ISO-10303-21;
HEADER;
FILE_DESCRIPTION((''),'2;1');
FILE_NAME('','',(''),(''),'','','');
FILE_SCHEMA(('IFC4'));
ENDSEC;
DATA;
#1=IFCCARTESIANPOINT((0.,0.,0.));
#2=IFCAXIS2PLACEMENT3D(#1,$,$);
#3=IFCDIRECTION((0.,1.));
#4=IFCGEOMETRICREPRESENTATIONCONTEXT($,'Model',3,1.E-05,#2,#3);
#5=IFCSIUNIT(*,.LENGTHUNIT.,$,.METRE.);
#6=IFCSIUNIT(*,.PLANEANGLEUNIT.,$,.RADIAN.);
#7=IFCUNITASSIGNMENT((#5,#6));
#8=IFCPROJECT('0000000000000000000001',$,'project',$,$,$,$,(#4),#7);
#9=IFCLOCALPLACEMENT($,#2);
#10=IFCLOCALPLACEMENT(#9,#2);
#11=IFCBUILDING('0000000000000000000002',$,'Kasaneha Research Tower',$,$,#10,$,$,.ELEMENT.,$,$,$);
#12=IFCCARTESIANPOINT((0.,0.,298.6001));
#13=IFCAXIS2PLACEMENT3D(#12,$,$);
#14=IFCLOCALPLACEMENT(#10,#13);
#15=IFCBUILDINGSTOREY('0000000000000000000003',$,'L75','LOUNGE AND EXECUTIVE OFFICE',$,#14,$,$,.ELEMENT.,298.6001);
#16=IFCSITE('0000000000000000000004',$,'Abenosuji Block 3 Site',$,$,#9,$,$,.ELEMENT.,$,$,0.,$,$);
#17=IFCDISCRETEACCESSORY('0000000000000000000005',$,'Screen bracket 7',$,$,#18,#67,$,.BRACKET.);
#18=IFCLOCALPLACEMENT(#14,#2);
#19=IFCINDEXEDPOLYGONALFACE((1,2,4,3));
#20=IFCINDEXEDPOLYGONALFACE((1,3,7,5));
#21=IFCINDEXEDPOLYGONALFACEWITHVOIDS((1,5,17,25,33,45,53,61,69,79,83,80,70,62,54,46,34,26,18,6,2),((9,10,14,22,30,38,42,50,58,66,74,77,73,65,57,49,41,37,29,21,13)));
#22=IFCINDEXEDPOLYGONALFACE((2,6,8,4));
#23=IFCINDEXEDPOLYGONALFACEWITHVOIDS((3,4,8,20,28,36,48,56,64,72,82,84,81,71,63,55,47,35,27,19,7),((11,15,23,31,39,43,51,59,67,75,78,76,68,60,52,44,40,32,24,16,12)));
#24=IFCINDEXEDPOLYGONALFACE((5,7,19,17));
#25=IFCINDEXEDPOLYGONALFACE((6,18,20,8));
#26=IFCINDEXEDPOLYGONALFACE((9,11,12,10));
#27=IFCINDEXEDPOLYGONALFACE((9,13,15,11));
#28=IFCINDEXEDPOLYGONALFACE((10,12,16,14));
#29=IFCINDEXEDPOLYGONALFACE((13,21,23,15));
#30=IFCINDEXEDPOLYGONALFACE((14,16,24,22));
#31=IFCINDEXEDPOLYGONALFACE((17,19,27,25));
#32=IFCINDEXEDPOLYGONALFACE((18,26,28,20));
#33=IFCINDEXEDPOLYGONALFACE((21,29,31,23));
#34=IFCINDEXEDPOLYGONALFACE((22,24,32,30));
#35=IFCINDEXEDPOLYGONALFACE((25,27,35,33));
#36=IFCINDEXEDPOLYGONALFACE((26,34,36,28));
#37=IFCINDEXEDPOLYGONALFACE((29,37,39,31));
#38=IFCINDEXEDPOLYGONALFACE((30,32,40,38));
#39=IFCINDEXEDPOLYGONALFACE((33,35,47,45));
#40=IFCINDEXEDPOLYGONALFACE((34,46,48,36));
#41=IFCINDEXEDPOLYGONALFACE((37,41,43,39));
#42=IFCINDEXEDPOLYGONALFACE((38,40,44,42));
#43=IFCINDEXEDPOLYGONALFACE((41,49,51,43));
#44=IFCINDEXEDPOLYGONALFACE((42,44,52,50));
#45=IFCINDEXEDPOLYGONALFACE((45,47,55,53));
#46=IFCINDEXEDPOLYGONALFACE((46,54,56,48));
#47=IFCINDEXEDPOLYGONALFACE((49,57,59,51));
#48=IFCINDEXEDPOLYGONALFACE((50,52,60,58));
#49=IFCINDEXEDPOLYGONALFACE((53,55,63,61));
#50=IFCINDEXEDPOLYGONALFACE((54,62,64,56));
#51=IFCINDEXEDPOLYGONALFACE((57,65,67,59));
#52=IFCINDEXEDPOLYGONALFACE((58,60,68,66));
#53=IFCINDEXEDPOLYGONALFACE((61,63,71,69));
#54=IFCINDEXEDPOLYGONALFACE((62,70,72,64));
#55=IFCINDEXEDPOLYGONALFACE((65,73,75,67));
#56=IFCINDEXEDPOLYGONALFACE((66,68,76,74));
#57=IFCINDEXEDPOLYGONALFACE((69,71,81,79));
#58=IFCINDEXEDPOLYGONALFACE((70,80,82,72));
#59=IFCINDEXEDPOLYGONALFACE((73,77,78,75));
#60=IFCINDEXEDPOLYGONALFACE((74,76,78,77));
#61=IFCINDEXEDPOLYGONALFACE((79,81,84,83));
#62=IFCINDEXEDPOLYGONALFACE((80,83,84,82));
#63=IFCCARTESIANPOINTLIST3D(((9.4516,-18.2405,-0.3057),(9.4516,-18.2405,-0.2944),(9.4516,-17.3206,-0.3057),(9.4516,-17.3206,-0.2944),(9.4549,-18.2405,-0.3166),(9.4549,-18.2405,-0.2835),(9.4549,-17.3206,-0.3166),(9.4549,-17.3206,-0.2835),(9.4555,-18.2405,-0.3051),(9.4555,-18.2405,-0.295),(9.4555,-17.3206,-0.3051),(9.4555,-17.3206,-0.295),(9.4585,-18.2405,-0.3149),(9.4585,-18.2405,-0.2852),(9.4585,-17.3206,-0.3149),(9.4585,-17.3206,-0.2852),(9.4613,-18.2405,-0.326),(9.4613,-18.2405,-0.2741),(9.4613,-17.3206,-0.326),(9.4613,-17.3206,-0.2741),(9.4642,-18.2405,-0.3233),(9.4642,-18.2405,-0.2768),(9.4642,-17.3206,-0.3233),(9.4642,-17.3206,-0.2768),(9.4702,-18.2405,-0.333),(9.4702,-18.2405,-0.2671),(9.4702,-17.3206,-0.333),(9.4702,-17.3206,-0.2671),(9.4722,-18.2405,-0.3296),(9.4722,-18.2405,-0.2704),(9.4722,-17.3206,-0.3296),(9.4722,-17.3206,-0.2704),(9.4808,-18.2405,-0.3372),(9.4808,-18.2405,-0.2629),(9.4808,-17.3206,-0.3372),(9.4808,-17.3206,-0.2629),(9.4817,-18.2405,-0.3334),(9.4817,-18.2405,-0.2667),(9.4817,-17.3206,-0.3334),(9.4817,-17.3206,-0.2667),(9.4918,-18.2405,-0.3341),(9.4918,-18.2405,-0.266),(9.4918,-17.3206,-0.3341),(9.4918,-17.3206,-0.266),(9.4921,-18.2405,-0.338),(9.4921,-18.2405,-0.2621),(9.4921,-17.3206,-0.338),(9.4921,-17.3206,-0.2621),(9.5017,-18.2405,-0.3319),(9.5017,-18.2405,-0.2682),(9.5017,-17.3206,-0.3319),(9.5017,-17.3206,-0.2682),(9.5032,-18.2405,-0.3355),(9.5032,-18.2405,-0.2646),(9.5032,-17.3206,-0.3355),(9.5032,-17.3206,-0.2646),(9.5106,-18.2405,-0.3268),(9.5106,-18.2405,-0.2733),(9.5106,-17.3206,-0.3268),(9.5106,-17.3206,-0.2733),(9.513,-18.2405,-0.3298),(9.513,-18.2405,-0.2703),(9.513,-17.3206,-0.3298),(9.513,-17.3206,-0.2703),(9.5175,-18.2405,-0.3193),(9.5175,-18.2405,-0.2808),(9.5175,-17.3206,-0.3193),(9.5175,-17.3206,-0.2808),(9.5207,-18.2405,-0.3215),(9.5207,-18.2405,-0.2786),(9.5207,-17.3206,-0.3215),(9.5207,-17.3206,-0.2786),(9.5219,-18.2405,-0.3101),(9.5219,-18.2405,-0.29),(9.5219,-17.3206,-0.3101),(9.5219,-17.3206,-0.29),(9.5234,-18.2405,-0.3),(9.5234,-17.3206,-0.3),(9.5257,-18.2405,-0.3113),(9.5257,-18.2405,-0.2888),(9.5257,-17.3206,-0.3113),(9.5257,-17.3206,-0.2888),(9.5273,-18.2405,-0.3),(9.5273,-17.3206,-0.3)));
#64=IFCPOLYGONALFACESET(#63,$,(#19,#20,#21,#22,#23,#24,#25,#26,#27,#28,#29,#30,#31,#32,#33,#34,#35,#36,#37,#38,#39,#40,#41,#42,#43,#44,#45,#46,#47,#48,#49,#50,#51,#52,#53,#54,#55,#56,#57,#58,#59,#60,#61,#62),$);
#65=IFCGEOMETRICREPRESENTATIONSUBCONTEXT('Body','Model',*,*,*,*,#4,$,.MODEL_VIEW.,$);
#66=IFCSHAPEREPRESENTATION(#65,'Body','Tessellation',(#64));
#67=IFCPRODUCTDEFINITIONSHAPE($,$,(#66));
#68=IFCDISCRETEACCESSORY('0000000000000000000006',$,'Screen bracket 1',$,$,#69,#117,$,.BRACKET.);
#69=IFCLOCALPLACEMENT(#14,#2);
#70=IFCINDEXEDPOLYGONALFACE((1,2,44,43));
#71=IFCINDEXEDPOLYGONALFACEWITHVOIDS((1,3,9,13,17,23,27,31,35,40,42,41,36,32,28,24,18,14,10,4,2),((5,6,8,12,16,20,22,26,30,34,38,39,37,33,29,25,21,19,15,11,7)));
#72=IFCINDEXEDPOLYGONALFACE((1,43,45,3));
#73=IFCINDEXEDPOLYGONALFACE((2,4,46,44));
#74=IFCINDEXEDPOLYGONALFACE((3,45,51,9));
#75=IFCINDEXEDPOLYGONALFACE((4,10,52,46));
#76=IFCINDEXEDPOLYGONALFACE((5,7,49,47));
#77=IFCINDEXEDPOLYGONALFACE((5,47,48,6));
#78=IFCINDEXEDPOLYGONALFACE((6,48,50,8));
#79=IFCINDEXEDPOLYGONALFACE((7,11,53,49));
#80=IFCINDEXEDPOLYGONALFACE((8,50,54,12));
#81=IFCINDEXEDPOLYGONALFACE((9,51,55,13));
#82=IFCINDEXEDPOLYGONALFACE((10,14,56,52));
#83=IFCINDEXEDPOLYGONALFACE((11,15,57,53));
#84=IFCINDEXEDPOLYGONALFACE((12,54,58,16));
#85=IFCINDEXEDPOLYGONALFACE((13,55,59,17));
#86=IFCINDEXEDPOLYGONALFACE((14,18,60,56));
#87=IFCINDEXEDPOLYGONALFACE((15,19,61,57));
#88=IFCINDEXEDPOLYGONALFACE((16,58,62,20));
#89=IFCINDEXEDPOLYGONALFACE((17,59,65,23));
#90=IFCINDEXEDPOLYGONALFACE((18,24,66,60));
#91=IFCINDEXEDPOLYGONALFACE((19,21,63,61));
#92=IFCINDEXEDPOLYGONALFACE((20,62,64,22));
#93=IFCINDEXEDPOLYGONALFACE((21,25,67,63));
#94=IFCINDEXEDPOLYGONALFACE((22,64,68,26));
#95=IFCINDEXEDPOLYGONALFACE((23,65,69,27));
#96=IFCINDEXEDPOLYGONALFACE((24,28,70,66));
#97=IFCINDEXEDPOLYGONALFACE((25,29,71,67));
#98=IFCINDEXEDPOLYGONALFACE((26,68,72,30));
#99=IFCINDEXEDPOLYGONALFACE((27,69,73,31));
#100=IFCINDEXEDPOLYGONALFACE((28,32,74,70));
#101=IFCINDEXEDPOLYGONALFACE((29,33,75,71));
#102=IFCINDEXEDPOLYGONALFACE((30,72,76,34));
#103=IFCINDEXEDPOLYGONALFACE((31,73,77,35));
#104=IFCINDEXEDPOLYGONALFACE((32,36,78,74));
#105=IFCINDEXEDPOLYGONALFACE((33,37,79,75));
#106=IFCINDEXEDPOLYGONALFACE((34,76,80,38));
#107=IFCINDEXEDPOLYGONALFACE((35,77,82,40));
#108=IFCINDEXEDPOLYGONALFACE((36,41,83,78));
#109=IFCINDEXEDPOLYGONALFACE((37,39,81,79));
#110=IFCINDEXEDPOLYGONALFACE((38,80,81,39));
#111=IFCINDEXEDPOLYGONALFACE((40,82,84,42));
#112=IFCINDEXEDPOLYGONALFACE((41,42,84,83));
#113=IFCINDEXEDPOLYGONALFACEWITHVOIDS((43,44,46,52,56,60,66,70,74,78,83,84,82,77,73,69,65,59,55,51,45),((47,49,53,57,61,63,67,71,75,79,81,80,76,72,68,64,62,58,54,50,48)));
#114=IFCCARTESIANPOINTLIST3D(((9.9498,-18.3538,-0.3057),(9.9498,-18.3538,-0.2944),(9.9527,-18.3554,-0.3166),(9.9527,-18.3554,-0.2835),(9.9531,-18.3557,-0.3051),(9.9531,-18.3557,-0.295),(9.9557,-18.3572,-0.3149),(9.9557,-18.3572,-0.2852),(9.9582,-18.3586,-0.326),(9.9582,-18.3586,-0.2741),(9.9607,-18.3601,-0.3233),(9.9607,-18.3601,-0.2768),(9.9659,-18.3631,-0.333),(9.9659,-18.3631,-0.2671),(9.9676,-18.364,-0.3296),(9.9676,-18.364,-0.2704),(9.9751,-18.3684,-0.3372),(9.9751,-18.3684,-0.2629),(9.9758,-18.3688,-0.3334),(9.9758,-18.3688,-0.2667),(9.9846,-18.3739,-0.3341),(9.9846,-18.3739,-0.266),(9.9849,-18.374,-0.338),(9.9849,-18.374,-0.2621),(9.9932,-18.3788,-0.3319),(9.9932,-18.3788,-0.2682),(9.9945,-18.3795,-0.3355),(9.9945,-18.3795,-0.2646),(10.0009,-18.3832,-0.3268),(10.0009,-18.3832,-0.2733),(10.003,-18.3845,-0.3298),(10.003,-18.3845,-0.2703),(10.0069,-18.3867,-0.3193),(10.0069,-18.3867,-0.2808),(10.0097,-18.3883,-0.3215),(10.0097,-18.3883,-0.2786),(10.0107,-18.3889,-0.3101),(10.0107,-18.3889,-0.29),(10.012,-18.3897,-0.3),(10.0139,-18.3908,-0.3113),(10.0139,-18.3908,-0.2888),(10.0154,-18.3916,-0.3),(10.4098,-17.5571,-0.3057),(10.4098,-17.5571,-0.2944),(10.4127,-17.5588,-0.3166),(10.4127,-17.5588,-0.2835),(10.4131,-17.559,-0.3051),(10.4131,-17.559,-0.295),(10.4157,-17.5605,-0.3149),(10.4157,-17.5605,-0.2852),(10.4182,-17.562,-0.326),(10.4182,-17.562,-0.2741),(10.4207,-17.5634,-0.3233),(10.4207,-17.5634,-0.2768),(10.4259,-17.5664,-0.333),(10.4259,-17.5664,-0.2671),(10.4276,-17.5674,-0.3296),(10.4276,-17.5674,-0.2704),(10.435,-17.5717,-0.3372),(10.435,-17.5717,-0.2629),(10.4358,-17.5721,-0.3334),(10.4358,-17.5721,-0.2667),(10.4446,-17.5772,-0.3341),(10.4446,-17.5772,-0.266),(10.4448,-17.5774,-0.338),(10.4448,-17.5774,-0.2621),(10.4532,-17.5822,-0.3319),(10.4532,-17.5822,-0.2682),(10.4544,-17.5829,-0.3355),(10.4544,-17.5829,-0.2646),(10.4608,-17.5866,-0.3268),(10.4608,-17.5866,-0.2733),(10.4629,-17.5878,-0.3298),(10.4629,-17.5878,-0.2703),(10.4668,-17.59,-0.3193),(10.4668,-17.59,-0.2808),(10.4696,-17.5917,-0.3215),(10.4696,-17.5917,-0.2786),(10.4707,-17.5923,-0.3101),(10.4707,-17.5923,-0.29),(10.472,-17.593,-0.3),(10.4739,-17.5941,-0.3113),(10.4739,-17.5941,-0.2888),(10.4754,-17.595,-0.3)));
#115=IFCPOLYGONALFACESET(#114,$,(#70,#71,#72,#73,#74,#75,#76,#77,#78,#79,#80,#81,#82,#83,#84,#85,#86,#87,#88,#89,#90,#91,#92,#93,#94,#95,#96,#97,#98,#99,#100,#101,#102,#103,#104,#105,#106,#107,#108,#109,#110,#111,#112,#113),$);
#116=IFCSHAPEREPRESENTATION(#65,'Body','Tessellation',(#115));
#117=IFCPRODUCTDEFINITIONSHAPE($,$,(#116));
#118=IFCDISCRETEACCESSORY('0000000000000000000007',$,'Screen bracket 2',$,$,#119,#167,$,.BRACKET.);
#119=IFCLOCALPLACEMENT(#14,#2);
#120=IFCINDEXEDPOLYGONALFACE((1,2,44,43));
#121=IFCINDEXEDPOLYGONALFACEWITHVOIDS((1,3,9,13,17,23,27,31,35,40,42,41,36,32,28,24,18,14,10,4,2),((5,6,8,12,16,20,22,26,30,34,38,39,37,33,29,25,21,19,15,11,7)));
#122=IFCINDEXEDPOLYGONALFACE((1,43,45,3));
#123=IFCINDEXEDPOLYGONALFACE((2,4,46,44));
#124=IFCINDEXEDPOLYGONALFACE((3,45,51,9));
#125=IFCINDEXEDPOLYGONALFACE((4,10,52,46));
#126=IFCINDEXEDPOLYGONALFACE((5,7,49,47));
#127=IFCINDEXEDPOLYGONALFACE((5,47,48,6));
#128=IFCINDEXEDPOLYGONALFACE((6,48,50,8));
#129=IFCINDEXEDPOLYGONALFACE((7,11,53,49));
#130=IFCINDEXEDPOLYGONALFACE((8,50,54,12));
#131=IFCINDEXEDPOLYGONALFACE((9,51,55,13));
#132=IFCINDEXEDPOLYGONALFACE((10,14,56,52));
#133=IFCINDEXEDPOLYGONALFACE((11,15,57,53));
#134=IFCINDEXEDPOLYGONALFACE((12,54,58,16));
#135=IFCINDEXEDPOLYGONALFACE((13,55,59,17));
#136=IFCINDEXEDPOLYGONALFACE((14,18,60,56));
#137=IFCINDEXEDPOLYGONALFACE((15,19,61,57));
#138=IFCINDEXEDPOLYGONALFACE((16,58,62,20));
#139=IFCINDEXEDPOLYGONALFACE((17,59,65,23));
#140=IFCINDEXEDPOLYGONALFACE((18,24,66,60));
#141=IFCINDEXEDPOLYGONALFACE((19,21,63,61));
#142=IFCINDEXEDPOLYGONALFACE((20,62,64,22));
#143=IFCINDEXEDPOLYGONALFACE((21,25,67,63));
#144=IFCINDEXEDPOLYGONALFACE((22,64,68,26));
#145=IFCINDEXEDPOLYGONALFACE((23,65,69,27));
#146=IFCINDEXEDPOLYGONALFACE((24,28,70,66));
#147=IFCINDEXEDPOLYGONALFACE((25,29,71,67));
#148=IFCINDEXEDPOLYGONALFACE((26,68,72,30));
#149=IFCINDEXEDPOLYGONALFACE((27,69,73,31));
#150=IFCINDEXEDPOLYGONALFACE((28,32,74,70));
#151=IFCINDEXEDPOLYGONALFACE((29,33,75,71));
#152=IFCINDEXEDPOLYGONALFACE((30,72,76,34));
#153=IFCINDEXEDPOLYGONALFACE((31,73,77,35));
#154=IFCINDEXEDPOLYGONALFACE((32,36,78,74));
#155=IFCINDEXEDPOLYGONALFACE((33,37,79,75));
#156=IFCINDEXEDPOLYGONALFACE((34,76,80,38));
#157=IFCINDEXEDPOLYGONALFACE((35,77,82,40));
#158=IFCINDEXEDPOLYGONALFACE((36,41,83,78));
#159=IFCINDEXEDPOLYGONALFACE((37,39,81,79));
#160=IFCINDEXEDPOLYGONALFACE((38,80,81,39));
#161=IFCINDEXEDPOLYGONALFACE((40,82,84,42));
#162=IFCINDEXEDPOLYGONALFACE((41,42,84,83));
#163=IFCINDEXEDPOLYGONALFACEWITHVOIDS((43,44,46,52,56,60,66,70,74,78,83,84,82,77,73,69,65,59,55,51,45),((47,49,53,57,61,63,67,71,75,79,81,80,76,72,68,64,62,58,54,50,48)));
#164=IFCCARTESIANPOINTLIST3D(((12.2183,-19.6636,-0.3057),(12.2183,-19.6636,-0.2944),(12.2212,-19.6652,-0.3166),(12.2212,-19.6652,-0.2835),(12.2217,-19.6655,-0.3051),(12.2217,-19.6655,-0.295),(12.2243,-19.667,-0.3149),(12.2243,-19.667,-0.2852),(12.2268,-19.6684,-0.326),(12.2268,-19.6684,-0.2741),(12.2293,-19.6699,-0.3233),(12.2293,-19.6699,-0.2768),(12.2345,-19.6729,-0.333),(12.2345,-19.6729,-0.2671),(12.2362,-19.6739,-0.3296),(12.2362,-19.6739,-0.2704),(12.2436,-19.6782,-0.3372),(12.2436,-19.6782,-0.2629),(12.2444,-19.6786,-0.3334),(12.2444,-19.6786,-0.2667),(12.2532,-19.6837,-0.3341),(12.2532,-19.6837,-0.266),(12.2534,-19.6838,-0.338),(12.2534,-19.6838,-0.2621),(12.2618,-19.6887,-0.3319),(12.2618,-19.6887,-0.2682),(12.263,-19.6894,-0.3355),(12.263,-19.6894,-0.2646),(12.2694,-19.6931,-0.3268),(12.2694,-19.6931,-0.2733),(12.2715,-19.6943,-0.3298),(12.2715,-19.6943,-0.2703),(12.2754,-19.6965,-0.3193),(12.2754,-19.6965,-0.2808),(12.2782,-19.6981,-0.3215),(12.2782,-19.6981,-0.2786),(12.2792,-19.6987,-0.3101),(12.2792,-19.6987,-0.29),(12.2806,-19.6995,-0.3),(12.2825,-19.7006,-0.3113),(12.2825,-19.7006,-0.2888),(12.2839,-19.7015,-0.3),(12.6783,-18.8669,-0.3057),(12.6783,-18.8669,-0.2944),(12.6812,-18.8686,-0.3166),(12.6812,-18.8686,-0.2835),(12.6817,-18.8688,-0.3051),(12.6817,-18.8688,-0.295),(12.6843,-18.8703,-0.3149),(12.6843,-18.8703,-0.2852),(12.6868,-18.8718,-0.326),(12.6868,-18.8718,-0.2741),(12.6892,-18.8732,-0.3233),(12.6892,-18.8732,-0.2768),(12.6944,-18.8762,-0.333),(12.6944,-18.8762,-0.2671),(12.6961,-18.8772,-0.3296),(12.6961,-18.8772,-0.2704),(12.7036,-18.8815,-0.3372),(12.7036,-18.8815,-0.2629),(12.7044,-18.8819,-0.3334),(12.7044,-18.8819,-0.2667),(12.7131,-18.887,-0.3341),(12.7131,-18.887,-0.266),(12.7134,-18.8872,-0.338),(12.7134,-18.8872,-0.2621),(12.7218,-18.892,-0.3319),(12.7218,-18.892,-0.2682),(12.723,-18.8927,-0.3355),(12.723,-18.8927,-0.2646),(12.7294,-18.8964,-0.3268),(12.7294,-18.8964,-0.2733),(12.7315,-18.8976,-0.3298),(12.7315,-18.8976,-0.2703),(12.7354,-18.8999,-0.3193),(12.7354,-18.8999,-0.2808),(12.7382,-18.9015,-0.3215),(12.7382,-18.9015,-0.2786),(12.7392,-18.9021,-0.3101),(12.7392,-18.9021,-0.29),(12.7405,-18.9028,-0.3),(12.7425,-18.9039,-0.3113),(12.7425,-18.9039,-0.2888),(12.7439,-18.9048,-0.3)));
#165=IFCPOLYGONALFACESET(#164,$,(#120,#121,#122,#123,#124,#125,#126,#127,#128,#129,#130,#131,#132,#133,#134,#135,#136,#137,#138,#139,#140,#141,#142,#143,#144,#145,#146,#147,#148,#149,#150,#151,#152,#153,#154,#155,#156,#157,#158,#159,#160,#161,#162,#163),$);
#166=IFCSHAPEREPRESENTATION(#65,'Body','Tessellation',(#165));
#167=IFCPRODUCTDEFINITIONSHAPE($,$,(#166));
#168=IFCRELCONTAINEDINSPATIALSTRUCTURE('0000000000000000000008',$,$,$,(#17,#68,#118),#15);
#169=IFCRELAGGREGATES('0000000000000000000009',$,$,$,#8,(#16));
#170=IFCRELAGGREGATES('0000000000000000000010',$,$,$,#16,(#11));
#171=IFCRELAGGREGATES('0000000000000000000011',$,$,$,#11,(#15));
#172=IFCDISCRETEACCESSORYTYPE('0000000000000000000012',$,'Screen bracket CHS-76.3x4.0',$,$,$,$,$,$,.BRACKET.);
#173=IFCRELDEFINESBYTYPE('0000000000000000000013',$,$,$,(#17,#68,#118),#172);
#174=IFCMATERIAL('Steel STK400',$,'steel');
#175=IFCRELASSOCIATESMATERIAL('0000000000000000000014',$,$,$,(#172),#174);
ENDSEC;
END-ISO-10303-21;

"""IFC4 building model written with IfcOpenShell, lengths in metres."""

from ifc_helpers import new_model, si_unit, direction, frame, origin, origin_2d, place, context, subcontext, project, spatial, hollow_circle, extrude, material, material_profile, profile_set, type_object, element, save


model = new_model("IFC4")

# Units and contexts
model_context = context("Model", 3, precision=1e-05, world=origin(), true_north=direction((0.0, 1.0)))
body_context = subcontext(model_context, "Body", "Model", "MODEL_VIEW")
ifc_project = project(units=[si_unit("LENGTHUNIT", "METRE"), si_unit("PLANEANGLEUNIT", "RADIAN")], contexts=[model_context])

# Site, building, storey
site_placement = place(None, origin())
site = spatial("IfcSite", under=ifc_project, at=site_placement, Name="Abenosuji Block 3 Site", CompositionType="ELEMENT", RefElevation=0.0)
building_placement = place(site_placement, origin())
building = spatial("IfcBuilding", under=site, at=building_placement, Name="Kasaneha Research Tower", CompositionType="ELEMENT")
storey_placement = place(building_placement, frame((0.0, 0.0, 298.6001)))
storey = spatial("IfcBuildingStorey", under=building, at=storey_placement, Name="L75", Description="LOUNGE AND EXECUTIVE OFFICE", CompositionType="ELEMENT", Elevation=298.6001)

# Discrete accessories
ifc_material_1 = material(Name="Steel STK400", Category="steel")
ifc_material_profile_1 = material_profile(ifc_material_1, hollow_circle(Radius=0.0381, WallThickness=0.0039, at=origin_2d()), Name="CHS-76.3x4.0")
ifc_profile_set_1 = profile_set([ifc_material_profile_1], Name="Steel STK400")
discrete_accessory_type = type_object("IfcDiscreteAccessoryType", Name="Screen bracket CHS-76.3x4.0", PredefinedType="BRACKET", material=ifc_profile_set_1)
for number, where, z_axis, x_axis, name in (
    (1, (9.4893, -17.3206, -0.3), (0.0, -1.0, 0.0), (1.0, 0.0, 0.0), "Screen bracket 7"),
    (2, (10.4424, -17.5759, -0.3), (-0.500021, -0.866013, 0.0), (0.866013, -0.500021, 0.0), "Screen bracket 1"),
    (3, (12.7109, -18.8857, -0.3), (-0.500021, -0.866013, 0.0), (0.866013, -0.500021, 0.0), "Screen bracket 2"),
):
    element("IfcDiscreteAccessory", number, at=place(storey_placement, frame(where, z_axis=z_axis, x_axis=x_axis)), inside=storey, type_object=discrete_accessory_type, Name=name, PredefinedType="BRACKET", context=body_context, shape_type="SweptSolid", body=[
        extrude(hollow_circle(Radius=0.0381, WallThickness=0.0039, at=origin_2d()), origin(), (0.0, 0.0, 1.0), 0.9199),
    ])

save(model, "model.ifc")
